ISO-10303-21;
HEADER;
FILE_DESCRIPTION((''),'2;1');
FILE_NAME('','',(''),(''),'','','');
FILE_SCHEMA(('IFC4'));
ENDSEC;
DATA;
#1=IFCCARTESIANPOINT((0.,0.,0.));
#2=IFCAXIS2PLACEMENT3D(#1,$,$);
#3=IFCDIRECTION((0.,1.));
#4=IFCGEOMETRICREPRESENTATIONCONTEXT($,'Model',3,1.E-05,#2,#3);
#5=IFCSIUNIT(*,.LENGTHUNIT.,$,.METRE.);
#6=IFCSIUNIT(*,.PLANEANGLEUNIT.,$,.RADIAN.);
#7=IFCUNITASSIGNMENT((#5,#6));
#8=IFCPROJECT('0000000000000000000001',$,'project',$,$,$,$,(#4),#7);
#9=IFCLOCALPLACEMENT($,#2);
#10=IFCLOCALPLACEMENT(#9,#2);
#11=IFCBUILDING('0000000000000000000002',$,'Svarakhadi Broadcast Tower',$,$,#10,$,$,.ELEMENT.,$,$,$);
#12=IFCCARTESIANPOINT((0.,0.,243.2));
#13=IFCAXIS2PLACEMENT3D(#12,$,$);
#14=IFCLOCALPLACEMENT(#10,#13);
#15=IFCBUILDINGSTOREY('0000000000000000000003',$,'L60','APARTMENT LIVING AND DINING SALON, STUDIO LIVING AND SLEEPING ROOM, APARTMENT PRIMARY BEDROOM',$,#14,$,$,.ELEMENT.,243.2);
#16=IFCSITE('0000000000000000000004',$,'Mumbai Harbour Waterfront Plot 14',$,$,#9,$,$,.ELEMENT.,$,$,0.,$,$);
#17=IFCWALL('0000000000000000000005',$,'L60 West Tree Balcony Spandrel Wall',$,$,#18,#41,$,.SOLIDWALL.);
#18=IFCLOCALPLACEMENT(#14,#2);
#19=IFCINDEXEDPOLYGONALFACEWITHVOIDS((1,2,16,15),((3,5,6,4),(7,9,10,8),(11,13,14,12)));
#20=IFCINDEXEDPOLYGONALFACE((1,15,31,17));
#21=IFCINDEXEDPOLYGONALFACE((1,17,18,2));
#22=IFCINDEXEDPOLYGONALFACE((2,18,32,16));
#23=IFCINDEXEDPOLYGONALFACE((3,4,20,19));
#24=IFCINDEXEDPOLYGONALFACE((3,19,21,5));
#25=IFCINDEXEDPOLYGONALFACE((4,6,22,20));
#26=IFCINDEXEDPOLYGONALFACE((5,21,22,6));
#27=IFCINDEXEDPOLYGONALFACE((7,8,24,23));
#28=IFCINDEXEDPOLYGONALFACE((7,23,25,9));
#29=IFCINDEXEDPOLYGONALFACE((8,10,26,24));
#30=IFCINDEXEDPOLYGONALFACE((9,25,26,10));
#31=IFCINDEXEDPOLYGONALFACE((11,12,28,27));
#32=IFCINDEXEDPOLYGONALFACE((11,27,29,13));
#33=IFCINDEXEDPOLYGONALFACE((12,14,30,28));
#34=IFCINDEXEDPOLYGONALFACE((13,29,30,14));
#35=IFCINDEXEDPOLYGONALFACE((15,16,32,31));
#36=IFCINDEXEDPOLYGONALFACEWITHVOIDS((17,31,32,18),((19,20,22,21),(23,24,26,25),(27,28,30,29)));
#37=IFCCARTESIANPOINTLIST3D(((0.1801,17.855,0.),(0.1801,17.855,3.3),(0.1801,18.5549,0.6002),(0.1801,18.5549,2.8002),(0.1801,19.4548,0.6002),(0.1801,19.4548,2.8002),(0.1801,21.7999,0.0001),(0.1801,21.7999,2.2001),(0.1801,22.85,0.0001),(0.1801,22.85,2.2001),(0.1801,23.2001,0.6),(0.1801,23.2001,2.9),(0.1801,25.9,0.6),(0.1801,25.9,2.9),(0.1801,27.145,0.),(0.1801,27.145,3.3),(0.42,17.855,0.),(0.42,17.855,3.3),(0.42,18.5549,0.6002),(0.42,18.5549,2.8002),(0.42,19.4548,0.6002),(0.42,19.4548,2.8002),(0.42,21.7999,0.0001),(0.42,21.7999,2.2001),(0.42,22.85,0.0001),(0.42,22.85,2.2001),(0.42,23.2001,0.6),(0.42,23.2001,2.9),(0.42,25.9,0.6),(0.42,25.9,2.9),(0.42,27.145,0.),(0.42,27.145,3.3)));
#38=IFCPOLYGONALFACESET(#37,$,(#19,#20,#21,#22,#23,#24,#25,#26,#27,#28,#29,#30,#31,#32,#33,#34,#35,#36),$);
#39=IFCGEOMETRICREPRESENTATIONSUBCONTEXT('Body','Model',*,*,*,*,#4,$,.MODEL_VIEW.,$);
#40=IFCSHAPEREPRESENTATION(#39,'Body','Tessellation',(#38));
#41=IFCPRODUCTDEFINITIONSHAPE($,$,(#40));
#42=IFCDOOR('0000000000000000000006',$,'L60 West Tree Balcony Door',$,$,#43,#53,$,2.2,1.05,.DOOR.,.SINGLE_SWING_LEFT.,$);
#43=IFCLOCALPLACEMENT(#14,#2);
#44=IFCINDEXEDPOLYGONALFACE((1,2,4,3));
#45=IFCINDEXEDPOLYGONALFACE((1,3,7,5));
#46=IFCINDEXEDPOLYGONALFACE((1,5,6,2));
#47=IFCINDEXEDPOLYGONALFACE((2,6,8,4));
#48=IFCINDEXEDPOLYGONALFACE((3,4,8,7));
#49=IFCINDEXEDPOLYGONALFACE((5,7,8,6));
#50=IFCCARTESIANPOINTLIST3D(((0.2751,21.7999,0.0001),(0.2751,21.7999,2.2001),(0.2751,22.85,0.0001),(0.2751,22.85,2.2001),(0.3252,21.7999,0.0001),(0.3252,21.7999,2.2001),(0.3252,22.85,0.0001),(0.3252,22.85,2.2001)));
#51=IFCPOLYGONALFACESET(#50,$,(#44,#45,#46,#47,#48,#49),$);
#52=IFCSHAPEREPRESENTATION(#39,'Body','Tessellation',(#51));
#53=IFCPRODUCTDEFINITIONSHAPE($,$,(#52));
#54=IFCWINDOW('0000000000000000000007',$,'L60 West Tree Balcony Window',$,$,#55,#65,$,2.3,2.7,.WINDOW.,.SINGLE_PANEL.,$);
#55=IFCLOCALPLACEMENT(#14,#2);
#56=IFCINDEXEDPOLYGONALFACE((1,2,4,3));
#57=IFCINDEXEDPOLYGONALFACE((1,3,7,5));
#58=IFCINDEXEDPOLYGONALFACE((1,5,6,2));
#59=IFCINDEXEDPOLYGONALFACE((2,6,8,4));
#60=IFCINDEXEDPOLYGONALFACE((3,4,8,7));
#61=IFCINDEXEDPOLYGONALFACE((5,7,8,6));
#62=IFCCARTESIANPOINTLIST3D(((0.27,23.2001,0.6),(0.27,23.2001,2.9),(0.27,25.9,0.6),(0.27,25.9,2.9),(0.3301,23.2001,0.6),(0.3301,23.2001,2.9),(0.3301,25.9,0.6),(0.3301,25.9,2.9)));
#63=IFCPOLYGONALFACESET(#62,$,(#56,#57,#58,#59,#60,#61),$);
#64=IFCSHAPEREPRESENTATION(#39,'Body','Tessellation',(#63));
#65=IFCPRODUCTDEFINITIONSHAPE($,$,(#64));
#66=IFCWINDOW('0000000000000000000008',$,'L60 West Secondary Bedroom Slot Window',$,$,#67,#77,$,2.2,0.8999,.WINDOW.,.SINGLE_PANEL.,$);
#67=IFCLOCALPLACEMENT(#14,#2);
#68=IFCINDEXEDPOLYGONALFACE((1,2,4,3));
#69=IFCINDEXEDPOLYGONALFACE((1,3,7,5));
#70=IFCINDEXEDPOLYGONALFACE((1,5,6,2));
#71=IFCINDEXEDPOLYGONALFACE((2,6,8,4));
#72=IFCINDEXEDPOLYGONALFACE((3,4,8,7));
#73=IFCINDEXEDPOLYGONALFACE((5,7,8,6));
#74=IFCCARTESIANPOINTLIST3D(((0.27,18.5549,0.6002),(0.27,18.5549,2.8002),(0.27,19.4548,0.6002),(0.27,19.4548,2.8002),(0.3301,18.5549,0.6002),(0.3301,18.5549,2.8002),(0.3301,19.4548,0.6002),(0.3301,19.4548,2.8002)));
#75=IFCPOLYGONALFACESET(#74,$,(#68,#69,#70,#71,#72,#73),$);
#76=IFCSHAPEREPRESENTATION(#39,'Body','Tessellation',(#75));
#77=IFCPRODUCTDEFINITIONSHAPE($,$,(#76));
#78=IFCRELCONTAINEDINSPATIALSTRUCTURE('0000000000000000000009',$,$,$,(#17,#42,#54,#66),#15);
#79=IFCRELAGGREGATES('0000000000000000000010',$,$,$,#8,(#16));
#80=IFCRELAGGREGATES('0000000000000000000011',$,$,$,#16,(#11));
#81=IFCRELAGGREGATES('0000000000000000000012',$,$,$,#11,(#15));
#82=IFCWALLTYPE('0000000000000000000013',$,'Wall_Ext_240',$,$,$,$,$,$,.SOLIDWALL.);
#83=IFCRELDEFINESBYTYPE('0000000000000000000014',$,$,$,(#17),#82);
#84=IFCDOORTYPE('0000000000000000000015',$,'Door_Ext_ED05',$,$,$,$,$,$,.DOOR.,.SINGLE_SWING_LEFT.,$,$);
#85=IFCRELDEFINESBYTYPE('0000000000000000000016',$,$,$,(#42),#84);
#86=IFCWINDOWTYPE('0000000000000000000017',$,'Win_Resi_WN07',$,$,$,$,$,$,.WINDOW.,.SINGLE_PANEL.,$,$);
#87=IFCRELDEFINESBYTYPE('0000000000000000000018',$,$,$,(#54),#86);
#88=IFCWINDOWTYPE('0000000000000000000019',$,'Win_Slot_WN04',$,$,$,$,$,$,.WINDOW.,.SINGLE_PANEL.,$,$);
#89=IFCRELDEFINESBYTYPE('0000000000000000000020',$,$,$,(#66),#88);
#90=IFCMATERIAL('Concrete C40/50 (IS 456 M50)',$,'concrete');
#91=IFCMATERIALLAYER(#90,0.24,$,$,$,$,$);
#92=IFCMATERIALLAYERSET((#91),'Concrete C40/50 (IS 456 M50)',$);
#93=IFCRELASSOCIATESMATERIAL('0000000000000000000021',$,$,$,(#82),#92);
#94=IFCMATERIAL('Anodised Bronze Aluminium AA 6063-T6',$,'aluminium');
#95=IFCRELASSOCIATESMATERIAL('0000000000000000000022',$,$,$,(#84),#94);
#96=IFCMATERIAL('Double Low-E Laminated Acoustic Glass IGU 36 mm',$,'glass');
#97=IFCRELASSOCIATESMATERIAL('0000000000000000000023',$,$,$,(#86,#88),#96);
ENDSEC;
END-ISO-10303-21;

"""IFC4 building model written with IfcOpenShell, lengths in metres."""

from ifc_helpers import new_model, si_unit, direction, frame, frame_2d, origin, place, context, subcontext, project, spatial, rectangle, extrude, material, layer, layer_set, type_object, element, fill, save


model = new_model("IFC4")

# Units and contexts
model_context = context("Model", 3, precision=1e-05, world=origin(), true_north=direction((0.0, 1.0)))
body_context = subcontext(model_context, "Body", "Model", "MODEL_VIEW")
ifc_project = project(units=[si_unit("LENGTHUNIT", "METRE"), si_unit("PLANEANGLEUNIT", "RADIAN")], contexts=[model_context])

# Site, building, storey
site_placement = place(None, origin())
site = spatial("IfcSite", under=ifc_project, at=site_placement, Name="Mumbai Harbour Waterfront Plot 14", CompositionType="ELEMENT", RefElevation=0.0)
building_placement = place(site_placement, origin())
building = spatial("IfcBuilding", under=site, at=building_placement, Name="Svarakhadi Broadcast Tower", CompositionType="ELEMENT")
storey_placement = place(building_placement, frame((0.0, 0.0, 243.2)))
storey = spatial("IfcBuildingStorey", under=building, at=storey_placement, Name="L60", Description="APARTMENT LIVING AND DINING SALON, STUDIO LIVING AND SLEEPING ROOM, APARTMENT PRIMARY BEDROOM", CompositionType="ELEMENT", Elevation=243.2)

# Shared definitions
ifc_material_1 = material(Name="Anodised Bronze Aluminium AA 6063-T6", Category="aluminium")

# Shared definitions
ifc_material_2 = material(Name="Double Low-E Laminated Acoustic Glass IGU 36 mm", Category="glass")

# Wall, openings, door, windows
ifc_material_3 = material(Name="Concrete C40/50 (IS 456 M50)", Category="concrete")
ifc_layer_1 = layer(ifc_material_3, 0.24)
ifc_layer_set_1 = layer_set([ifc_layer_1], Name="Concrete C40/50 (IS 456 M50)")
wall_type_1 = type_object("IfcWallType", Name="Wall_Ext_240", PredefinedType="SOLIDWALL", material=ifc_layer_set_1)
wall_1_placement = place(storey_placement, frame((0.3, 17.855, 0.0), z_axis=(0.0, 0.0, 1.0), x_axis=(0.0, 1.0, 0.0)))
wall_1 = element("IfcWall", 1, at=wall_1_placement, inside=storey, type_object=wall_type_1, Name="L60 West Tree Balcony Spandrel Wall", PredefinedType="SOLIDWALL", context=body_context, shape_type="SweptSolid", body=[
    extrude(rectangle(XDim=9.29, YDim=0.24, at=frame_2d((4.645, 0.0))), origin(), (0.0, 0.0, 1.0), 3.3),
])
opening_1_placement = place(wall_1_placement, frame((3.9451, 0.0, 0.0)))
opening_1 = element("IfcOpeningElement", 2, at=opening_1_placement, cuts=wall_1, PredefinedType="OPENING", context=body_context, shape_type="SweptSolid", body=[
    extrude(rectangle(XDim=1.05, YDim=2.2, at=frame_2d((0.5249, 1.1001))), frame((0.0, 0.1299, 0.0), z_axis=(0.0, -1.0, 0.0), x_axis=(1.0, 0.0, 0.0)), (0.0, 0.0, 1.0), 0.26),
])
opening_2_placement = place(wall_1_placement, frame((5.345, 0.0, 0.6001)))
opening_2 = element("IfcOpeningElement", 3, at=opening_2_placement, cuts=wall_1, PredefinedType="OPENING", context=body_context, shape_type="SweptSolid", body=[
    extrude(rectangle(XDim=2.7, YDim=2.3, at=frame_2d((1.3501, 1.1499))), frame((0.0, 0.1299, 0.0), z_axis=(0.0, -1.0, 0.0), x_axis=(1.0, 0.0, 0.0)), (0.0, 0.0, 1.0), 0.26),
])
opening_3_placement = place(wall_1_placement, frame((0.7, 0.0, 0.6001)))
opening_3 = element("IfcOpeningElement", 4, at=opening_3_placement, cuts=wall_1, PredefinedType="OPENING", context=body_context, shape_type="SweptSolid", body=[
    extrude(rectangle(XDim=0.8999, YDim=2.2, at=frame_2d((0.45, 1.1001))), frame((0.0, 0.1299, 0.0), z_axis=(0.0, -1.0, 0.0), x_axis=(1.0, 0.0, 0.0)), (0.0, 0.0, 1.0), 0.26),
])
door_type_1 = type_object("IfcDoorType", Name="Door_Ext_ED05", OperationType="SINGLE_SWING_LEFT", PredefinedType="DOOR", material=ifc_material_1)
door_1_placement = place(opening_1_placement, origin())
door_1 = element("IfcDoor", 5, at=door_1_placement, inside=storey, type_object=door_type_1, Name="L60 West Tree Balcony Door", OperationType="SINGLE_SWING_LEFT", OverallHeight=2.2, OverallWidth=1.05, PredefinedType="DOOR", context=body_context, shape_type="SweptSolid", body=[
    extrude(rectangle(XDim=1.05, YDim=2.2, at=frame_2d((0.5249, 1.1001))), frame((0.0, 0.0249, 0.0), z_axis=(0.0, -1.0, 0.0), x_axis=(1.0, 0.0, 0.0)), (0.0, 0.0, 1.0), 0.05),
])
fill(opening_1, door_1)
window_type_1 = type_object("IfcWindowType", Name="Win_Resi_WN07", PartitioningType="SINGLE_PANEL", PredefinedType="WINDOW", material=ifc_material_2)
window_1_placement = place(opening_2_placement, origin())
window_1 = element("IfcWindow", 6, at=window_1_placement, inside=storey, type_object=window_type_1, Name="L60 West Tree Balcony Window", OverallHeight=2.3, OverallWidth=2.7, PartitioningType="SINGLE_PANEL", PredefinedType="WINDOW", context=body_context, shape_type="SweptSolid", body=[
    extrude(rectangle(XDim=2.7, YDim=2.3, at=frame_2d((1.3501, 1.1499))), frame((0.0, 0.03, 0.0), z_axis=(0.0, -1.0, 0.0), x_axis=(1.0, 0.0, 0.0)), (0.0, 0.0, 1.0), 0.0601),
])
fill(opening_2, window_1)
window_type_2 = type_object("IfcWindowType", Name="Win_Slot_WN04", PartitioningType="SINGLE_PANEL", PredefinedType="WINDOW", material=ifc_material_2)
window_2_placement = place(opening_3_placement, origin())
window_2 = element("IfcWindow", 7, at=window_2_placement, inside=storey, type_object=window_type_2, Name="L60 West Secondary Bedroom Slot Window", OverallHeight=2.2, OverallWidth=0.8999, PartitioningType="SINGLE_PANEL", PredefinedType="WINDOW", context=body_context, shape_type="SweptSolid", body=[
    extrude(rectangle(XDim=0.8999, YDim=2.2, at=frame_2d((0.45, 1.1001))), frame((0.0, 0.03, 0.0), z_axis=(0.0, -1.0, 0.0), x_axis=(1.0, 0.0, 0.0)), (0.0, 0.0, 1.0), 0.0601),
])
fill(opening_3, window_2)

save(model, "model.ifc")
